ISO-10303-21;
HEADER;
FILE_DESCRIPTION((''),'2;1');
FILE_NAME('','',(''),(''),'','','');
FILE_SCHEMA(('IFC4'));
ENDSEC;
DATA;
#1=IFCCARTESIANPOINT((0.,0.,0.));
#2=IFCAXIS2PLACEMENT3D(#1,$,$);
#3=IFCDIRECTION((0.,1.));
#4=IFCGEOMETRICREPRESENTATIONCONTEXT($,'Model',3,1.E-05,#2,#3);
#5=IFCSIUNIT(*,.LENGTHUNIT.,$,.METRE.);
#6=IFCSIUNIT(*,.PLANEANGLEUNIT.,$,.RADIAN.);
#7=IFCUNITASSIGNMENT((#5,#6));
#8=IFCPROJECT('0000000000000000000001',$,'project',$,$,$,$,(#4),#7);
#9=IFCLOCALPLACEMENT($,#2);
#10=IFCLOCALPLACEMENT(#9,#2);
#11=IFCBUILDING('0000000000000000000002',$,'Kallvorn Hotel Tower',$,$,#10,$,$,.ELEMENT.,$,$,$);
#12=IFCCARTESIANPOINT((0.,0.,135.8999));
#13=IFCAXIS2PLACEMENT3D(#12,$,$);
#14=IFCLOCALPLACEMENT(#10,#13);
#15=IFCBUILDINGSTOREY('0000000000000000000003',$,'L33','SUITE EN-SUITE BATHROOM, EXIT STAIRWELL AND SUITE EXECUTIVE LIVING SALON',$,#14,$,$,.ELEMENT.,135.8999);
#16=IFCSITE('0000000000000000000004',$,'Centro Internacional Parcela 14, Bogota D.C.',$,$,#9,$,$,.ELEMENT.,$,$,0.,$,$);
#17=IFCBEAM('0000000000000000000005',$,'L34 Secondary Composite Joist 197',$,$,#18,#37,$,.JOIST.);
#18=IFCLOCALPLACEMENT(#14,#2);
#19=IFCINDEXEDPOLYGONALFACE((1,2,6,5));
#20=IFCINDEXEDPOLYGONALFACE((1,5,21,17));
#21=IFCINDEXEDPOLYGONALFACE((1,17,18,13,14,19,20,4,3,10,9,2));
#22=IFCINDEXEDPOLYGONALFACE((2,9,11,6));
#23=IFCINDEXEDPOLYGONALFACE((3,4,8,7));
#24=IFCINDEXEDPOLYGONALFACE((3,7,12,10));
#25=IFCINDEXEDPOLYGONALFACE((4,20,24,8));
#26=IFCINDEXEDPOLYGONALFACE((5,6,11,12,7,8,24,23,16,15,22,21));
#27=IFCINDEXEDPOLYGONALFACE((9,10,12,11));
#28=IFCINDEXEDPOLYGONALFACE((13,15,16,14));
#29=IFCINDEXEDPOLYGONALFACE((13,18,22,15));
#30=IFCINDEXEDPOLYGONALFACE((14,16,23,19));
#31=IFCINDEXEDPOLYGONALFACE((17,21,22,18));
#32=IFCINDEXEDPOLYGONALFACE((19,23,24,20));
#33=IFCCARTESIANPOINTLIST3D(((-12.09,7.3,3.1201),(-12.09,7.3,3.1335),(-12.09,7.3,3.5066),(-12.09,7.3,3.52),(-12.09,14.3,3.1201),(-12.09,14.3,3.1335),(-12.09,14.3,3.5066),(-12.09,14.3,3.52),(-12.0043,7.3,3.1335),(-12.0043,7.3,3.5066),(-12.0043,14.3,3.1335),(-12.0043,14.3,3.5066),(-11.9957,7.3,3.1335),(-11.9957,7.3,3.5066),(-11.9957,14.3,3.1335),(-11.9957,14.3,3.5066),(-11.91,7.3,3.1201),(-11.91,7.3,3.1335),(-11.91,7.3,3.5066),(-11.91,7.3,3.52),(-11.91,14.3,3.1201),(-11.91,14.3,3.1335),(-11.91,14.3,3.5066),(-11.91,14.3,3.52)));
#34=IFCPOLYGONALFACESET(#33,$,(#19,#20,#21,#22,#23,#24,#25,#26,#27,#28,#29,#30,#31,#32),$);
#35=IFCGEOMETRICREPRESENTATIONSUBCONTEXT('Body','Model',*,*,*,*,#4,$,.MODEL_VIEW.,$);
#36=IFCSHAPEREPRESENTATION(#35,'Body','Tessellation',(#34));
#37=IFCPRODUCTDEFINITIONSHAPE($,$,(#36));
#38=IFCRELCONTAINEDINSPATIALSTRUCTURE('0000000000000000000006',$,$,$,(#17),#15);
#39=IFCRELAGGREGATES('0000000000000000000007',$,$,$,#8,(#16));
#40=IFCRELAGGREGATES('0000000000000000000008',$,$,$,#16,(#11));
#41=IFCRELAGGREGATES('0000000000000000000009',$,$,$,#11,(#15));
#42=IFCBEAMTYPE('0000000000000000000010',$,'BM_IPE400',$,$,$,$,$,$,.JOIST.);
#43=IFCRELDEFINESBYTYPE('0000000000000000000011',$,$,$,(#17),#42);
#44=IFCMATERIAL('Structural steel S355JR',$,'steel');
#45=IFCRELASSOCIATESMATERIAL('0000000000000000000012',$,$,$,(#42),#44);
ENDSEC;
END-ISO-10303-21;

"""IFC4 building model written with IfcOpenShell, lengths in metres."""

from ifc_helpers import new_model, si_unit, direction, frame, origin, origin_2d, place, context, subcontext, project, spatial, i_section, extrude, material, material_profile, profile_set, type_object, element, save


model = new_model("IFC4")

# Units and contexts
model_context = context("Model", 3, precision=1e-05, world=origin(), true_north=direction((0.0, 1.0)))
body_context = subcontext(model_context, "Body", "Model", "MODEL_VIEW")
ifc_project = project(units=[si_unit("LENGTHUNIT", "METRE"), si_unit("PLANEANGLEUNIT", "RADIAN")], contexts=[model_context])

# Site, building, storey
site_placement = place(None, origin())
site = spatial("IfcSite", under=ifc_project, at=site_placement, Name="Centro Internacional Parcela 14, Bogota D.C.", CompositionType="ELEMENT", RefElevation=0.0)
building_placement = place(site_placement, origin())
building = spatial("IfcBuilding", under=site, at=building_placement, Name="Kallvorn Hotel Tower", CompositionType="ELEMENT")
storey_placement = place(building_placement, frame((0.0, 0.0, 135.8999)))
storey = spatial("IfcBuildingStorey", under=building, at=storey_placement, Name="L33", Description="SUITE EN-SUITE BATHROOM, EXIT STAIRWELL AND SUITE EXECUTIVE LIVING SALON", CompositionType="ELEMENT", Elevation=135.8999)

# Beam
ifc_material_1 = material(Name="Structural steel S355JR", Category="steel")
ifc_material_profile_1 = material_profile(ifc_material_1, i_section(OverallWidth=0.1799, OverallDepth=0.3999, WebThickness=0.0085, FlangeThickness=0.0134, at=origin_2d()), Name="IPE 400")
ifc_profile_set_1 = profile_set([ifc_material_profile_1], Name="Structural steel S355JR")
beam_type_1 = type_object("IfcBeamType", Name="BM_IPE400", PredefinedType="JOIST", material=ifc_profile_set_1)
for number, where, z_axis, x_axis, name in (
    (1, (-12.0, 7.3, 3.3201), (0.0, 1.0, 0.0), (-1.0, 0.0, 0.0), "L34 Secondary Composite Joist 197"),
):
    element("IfcBeam", number, at=place(storey_placement, frame(where, z_axis=z_axis, x_axis=x_axis)), inside=storey, type_object=beam_type_1, Name=name, PredefinedType="JOIST", context=body_context, shape_type="SweptSolid", body=[
        extrude(i_section(OverallWidth=0.1799, OverallDepth=0.3999, WebThickness=0.0085, FlangeThickness=0.0134, at=origin_2d()), origin(), (0.0, 0.0, 1.0), 7.0),
    ])

save(model, "model.ifc")
